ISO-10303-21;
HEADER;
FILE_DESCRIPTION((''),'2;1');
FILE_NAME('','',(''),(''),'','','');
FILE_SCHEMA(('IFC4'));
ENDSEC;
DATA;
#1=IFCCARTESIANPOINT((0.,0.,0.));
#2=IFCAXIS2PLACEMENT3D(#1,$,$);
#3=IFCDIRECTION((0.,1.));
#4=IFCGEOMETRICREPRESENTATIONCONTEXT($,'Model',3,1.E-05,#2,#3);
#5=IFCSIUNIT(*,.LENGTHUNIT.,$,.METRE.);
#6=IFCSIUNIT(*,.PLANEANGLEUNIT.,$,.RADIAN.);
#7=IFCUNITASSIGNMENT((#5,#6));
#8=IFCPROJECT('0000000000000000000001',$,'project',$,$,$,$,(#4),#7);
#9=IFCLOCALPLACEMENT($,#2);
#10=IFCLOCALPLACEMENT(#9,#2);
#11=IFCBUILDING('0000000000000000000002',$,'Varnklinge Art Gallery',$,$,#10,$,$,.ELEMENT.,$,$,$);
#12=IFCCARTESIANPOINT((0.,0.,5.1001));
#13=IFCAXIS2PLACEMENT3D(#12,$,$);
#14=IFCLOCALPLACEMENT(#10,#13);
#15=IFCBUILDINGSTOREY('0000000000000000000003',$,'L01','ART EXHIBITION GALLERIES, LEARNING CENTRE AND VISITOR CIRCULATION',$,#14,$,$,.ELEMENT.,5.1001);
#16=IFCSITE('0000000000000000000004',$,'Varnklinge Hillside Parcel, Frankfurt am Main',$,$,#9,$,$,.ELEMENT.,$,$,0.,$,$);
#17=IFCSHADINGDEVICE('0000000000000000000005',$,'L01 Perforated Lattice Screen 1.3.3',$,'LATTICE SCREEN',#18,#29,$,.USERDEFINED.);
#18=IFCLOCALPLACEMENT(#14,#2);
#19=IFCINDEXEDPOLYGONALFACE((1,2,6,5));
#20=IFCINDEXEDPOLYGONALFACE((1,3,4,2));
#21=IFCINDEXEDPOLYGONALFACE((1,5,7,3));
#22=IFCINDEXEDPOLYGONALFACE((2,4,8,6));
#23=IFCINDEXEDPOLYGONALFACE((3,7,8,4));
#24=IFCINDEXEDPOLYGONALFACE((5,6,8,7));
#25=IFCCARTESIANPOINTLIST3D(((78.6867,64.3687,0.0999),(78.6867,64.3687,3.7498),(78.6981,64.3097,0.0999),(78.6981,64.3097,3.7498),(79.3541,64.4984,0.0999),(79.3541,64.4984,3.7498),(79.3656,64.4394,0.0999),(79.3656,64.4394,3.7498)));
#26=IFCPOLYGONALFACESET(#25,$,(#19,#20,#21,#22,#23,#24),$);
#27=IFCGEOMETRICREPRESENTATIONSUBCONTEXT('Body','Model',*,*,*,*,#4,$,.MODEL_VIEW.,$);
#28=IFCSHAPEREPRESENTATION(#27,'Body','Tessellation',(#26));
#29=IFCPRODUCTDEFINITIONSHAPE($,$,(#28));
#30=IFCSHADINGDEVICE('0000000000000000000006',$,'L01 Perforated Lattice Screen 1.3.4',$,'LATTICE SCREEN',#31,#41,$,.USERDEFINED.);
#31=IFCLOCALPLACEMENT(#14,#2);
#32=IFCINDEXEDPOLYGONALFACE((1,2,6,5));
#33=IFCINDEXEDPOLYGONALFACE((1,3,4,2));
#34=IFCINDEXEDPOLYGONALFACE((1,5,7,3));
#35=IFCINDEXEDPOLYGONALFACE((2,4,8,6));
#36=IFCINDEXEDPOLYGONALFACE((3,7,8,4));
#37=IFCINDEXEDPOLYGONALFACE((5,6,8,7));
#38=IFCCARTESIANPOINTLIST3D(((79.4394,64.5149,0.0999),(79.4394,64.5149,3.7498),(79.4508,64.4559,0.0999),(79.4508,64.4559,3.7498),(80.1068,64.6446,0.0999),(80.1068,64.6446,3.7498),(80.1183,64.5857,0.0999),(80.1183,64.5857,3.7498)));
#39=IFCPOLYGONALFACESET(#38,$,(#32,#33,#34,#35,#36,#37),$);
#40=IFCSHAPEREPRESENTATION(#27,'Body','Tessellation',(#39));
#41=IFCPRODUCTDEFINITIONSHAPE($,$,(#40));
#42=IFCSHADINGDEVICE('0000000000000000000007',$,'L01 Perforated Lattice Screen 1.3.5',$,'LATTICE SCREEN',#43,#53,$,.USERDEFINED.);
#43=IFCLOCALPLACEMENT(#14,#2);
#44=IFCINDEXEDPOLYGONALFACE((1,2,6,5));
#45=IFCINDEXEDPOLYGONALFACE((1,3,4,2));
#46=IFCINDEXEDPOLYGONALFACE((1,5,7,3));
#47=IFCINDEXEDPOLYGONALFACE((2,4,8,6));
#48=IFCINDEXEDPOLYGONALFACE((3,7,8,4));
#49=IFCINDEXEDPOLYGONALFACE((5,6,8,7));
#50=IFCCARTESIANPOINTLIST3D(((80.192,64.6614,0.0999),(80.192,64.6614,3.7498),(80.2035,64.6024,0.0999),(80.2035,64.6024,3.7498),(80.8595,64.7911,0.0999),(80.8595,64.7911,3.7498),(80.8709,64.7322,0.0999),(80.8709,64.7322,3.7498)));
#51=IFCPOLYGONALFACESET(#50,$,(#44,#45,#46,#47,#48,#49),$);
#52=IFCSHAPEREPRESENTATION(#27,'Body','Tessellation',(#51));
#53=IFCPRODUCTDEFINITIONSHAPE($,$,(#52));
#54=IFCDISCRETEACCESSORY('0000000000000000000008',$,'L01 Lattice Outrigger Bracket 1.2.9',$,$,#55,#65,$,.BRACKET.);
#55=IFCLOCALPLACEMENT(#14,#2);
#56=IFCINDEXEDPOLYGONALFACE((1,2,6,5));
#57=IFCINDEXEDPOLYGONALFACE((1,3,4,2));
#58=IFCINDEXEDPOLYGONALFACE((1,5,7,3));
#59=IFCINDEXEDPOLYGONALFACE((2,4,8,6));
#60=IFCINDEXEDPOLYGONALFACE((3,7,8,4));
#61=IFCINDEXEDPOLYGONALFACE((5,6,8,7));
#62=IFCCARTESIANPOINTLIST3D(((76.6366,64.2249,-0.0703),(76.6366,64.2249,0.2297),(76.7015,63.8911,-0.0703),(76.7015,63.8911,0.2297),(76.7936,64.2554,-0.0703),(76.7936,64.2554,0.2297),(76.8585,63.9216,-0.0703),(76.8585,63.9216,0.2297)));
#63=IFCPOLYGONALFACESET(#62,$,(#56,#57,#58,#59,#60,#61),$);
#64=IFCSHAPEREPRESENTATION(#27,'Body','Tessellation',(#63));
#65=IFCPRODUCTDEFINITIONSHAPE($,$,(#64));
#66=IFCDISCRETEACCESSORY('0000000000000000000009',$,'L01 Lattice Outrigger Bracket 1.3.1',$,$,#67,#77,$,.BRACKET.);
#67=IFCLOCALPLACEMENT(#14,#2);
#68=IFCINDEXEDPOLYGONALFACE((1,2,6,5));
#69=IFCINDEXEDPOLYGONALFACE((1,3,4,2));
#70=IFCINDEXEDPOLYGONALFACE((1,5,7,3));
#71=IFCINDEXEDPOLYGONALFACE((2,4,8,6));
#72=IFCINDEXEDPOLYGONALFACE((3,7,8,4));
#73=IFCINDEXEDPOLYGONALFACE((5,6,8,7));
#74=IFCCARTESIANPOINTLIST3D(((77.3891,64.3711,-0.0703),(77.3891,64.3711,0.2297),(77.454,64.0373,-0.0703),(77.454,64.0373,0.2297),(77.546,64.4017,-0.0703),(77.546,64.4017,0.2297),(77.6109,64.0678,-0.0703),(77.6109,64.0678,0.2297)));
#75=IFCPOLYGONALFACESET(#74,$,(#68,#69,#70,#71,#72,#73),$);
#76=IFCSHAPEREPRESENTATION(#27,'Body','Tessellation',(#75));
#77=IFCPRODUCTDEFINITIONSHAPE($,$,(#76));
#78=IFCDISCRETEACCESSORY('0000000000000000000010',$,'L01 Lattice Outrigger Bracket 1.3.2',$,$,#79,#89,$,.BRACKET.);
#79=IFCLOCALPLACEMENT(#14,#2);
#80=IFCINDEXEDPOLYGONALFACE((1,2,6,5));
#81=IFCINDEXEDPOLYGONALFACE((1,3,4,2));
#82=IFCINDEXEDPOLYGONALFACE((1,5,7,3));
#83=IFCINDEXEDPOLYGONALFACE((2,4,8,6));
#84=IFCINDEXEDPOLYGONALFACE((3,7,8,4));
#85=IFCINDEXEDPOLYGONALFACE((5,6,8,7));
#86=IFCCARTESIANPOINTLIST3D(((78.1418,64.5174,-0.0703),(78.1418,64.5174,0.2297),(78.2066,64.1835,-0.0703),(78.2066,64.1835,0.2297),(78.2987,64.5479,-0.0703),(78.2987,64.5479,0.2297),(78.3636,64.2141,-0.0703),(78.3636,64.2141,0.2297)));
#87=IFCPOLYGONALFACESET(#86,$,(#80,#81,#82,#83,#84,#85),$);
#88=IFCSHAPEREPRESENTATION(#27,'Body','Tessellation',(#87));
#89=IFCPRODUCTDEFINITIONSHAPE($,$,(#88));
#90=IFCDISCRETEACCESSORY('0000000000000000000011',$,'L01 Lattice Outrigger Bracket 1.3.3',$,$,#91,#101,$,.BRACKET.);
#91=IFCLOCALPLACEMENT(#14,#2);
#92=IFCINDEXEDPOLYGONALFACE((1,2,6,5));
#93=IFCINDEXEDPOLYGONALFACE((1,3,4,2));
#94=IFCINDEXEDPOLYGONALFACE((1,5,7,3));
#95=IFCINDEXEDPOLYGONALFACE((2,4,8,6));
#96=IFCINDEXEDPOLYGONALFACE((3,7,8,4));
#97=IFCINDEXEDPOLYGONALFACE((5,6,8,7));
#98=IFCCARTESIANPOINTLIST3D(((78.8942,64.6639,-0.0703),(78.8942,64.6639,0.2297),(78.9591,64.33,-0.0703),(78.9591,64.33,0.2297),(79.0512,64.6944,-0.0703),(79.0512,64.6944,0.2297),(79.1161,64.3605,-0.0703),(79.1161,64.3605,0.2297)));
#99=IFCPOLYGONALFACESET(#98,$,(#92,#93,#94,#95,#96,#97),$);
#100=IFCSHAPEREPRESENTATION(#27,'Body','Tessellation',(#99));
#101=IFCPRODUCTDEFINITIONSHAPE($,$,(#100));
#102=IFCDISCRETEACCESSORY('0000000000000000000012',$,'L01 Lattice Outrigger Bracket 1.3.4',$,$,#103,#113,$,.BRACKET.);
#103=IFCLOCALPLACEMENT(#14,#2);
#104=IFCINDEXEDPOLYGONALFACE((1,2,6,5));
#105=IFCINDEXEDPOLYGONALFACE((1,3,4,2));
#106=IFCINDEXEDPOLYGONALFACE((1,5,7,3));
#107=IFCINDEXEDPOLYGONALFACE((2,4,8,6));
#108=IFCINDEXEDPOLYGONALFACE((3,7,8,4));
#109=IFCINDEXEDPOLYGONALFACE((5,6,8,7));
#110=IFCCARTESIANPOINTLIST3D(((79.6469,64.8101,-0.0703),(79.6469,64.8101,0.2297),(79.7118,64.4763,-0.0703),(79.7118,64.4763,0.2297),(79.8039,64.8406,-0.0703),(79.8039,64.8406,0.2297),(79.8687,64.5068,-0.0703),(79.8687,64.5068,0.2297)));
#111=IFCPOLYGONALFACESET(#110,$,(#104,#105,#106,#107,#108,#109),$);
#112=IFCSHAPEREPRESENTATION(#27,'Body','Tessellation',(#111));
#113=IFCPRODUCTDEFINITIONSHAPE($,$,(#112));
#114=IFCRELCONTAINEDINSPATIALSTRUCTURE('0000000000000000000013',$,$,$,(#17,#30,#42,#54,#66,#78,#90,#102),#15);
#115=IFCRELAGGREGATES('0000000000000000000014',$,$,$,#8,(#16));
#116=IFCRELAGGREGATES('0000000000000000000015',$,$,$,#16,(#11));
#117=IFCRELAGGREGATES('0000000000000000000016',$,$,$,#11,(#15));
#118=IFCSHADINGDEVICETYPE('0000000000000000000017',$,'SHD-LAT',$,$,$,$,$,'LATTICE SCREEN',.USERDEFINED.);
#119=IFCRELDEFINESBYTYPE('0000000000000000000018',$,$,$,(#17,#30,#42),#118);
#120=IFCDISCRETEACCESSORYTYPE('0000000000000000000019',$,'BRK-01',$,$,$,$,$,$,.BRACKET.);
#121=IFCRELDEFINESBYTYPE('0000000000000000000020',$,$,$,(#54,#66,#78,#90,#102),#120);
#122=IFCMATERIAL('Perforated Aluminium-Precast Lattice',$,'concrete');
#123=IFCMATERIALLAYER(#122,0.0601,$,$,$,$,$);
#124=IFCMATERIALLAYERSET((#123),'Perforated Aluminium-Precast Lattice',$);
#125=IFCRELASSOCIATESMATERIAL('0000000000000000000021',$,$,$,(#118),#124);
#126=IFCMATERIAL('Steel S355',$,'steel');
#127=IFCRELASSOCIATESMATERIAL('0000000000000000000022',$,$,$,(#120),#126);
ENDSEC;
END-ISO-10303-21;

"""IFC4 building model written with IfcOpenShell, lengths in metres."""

from ifc_helpers import new_model, si_unit, direction, frame, origin, origin_2d, place, context, subcontext, project, spatial, rectangle, extrude, material, layer, layer_set, type_object, element, save


model = new_model("IFC4")

# Units and contexts
model_context = context("Model", 3, precision=1e-05, world=origin(), true_north=direction((0.0, 1.0)))
body_context = subcontext(model_context, "Body", "Model", "MODEL_VIEW")
ifc_project = project(units=[si_unit("LENGTHUNIT", "METRE"), si_unit("PLANEANGLEUNIT", "RADIAN")], contexts=[model_context])

# Site, building, storey
site_placement = place(None, origin())
site = spatial("IfcSite", under=ifc_project, at=site_placement, Name="Varnklinge Hillside Parcel, Frankfurt am Main", CompositionType="ELEMENT", RefElevation=0.0)
building_placement = place(site_placement, origin())
building = spatial("IfcBuilding", under=site, at=building_placement, Name="Varnklinge Art Gallery", CompositionType="ELEMENT")
storey_placement = place(building_placement, frame((0.0, 0.0, 5.1001)))
storey = spatial("IfcBuildingStorey", under=building, at=storey_placement, Name="L01", Description="ART EXHIBITION GALLERIES, LEARNING CENTRE AND VISITOR CIRCULATION", CompositionType="ELEMENT", Elevation=5.1001)

# Shading devices
ifc_material_1 = material(Name="Perforated Aluminium-Precast Lattice", Category="concrete")
ifc_layer_1 = layer(ifc_material_1, 0.0601)
ifc_layer_set_1 = layer_set([ifc_layer_1], Name="Perforated Aluminium-Precast Lattice")
shading_device_type = type_object("IfcShadingDeviceType", Name="SHD-LAT", ElementType="LATTICE SCREEN", PredefinedType="USERDEFINED", material=ifc_layer_set_1)
for number, where, z_axis, x_axis, name in (
    (1, (79.0261, 64.4041, 0.0999), (0.0, 0.0, 1.0), (0.981627, 0.190809, 0.0), "L01 Perforated Lattice Screen 1.3.3"),
    (2, (79.7788, 64.5503, 0.0999), (0.0, 0.0, 1.0), (0.981627, 0.190809, 0.0), "L01 Perforated Lattice Screen 1.3.4"),
    (3, (80.5315, 64.6968, 0.0999), (0.0, 0.0, 1.0), (0.981627, 0.190809, 0.0), "L01 Perforated Lattice Screen 1.3.5"),
):
    element("IfcShadingDevice", number, at=place(storey_placement, frame(where, z_axis=z_axis, x_axis=x_axis)), inside=storey, type_object=shading_device_type, Name=name, ObjectType="LATTICE SCREEN", PredefinedType="USERDEFINED", context=body_context, shape_type="SweptSolid", body=[
        extrude(rectangle(XDim=0.6799, YDim=0.0601, at=origin_2d()), origin(), (0.0, 0.0, 1.0), 3.6499),
    ])

# Discrete accessories
ifc_material_2 = material(Name="Steel S355", Category="steel")
discrete_accessory_type = type_object("IfcDiscreteAccessoryType", Name="BRK-01", PredefinedType="BRACKET", material=ifc_material_2)
for number, where, z_axis, x_axis, name in (
    (4, (76.7476, 64.0732, -0.0703), (0.0, 0.0, 1.0), (0.981627, 0.190809, 0.0), "L01 Lattice Outrigger Bracket 1.2.9"),
    (5, (77.5, 64.2195, -0.0703), (0.0, 0.0, 1.0), (0.981627, 0.190809, 0.0), "L01 Lattice Outrigger Bracket 1.3.1"),
    (6, (78.2527, 64.3657, -0.0703), (0.0, 0.0, 1.0), (0.981627, 0.190809, 0.0), "L01 Lattice Outrigger Bracket 1.3.2"),
    (7, (79.0051, 64.5122, -0.0703), (0.0, 0.0, 1.0), (0.981627, 0.190809, 0.0), "L01 Lattice Outrigger Bracket 1.3.3"),
    (8, (79.7578, 64.6584, -0.0703), (0.0, 0.0, 1.0), (0.981627, 0.190809, 0.0), "L01 Lattice Outrigger Bracket 1.3.4"),
):
    element("IfcDiscreteAccessory", number, at=place(storey_placement, frame(where, z_axis=z_axis, x_axis=x_axis)), inside=storey, type_object=discrete_accessory_type, Name=name, PredefinedType="BRACKET", context=body_context, shape_type="SweptSolid", body=[
        extrude(rectangle(XDim=0.1599, YDim=0.3401, at=origin_2d()), origin(), (0.0, 0.0, 1.0), 0.3),
    ])

save(model, "model.ifc")
